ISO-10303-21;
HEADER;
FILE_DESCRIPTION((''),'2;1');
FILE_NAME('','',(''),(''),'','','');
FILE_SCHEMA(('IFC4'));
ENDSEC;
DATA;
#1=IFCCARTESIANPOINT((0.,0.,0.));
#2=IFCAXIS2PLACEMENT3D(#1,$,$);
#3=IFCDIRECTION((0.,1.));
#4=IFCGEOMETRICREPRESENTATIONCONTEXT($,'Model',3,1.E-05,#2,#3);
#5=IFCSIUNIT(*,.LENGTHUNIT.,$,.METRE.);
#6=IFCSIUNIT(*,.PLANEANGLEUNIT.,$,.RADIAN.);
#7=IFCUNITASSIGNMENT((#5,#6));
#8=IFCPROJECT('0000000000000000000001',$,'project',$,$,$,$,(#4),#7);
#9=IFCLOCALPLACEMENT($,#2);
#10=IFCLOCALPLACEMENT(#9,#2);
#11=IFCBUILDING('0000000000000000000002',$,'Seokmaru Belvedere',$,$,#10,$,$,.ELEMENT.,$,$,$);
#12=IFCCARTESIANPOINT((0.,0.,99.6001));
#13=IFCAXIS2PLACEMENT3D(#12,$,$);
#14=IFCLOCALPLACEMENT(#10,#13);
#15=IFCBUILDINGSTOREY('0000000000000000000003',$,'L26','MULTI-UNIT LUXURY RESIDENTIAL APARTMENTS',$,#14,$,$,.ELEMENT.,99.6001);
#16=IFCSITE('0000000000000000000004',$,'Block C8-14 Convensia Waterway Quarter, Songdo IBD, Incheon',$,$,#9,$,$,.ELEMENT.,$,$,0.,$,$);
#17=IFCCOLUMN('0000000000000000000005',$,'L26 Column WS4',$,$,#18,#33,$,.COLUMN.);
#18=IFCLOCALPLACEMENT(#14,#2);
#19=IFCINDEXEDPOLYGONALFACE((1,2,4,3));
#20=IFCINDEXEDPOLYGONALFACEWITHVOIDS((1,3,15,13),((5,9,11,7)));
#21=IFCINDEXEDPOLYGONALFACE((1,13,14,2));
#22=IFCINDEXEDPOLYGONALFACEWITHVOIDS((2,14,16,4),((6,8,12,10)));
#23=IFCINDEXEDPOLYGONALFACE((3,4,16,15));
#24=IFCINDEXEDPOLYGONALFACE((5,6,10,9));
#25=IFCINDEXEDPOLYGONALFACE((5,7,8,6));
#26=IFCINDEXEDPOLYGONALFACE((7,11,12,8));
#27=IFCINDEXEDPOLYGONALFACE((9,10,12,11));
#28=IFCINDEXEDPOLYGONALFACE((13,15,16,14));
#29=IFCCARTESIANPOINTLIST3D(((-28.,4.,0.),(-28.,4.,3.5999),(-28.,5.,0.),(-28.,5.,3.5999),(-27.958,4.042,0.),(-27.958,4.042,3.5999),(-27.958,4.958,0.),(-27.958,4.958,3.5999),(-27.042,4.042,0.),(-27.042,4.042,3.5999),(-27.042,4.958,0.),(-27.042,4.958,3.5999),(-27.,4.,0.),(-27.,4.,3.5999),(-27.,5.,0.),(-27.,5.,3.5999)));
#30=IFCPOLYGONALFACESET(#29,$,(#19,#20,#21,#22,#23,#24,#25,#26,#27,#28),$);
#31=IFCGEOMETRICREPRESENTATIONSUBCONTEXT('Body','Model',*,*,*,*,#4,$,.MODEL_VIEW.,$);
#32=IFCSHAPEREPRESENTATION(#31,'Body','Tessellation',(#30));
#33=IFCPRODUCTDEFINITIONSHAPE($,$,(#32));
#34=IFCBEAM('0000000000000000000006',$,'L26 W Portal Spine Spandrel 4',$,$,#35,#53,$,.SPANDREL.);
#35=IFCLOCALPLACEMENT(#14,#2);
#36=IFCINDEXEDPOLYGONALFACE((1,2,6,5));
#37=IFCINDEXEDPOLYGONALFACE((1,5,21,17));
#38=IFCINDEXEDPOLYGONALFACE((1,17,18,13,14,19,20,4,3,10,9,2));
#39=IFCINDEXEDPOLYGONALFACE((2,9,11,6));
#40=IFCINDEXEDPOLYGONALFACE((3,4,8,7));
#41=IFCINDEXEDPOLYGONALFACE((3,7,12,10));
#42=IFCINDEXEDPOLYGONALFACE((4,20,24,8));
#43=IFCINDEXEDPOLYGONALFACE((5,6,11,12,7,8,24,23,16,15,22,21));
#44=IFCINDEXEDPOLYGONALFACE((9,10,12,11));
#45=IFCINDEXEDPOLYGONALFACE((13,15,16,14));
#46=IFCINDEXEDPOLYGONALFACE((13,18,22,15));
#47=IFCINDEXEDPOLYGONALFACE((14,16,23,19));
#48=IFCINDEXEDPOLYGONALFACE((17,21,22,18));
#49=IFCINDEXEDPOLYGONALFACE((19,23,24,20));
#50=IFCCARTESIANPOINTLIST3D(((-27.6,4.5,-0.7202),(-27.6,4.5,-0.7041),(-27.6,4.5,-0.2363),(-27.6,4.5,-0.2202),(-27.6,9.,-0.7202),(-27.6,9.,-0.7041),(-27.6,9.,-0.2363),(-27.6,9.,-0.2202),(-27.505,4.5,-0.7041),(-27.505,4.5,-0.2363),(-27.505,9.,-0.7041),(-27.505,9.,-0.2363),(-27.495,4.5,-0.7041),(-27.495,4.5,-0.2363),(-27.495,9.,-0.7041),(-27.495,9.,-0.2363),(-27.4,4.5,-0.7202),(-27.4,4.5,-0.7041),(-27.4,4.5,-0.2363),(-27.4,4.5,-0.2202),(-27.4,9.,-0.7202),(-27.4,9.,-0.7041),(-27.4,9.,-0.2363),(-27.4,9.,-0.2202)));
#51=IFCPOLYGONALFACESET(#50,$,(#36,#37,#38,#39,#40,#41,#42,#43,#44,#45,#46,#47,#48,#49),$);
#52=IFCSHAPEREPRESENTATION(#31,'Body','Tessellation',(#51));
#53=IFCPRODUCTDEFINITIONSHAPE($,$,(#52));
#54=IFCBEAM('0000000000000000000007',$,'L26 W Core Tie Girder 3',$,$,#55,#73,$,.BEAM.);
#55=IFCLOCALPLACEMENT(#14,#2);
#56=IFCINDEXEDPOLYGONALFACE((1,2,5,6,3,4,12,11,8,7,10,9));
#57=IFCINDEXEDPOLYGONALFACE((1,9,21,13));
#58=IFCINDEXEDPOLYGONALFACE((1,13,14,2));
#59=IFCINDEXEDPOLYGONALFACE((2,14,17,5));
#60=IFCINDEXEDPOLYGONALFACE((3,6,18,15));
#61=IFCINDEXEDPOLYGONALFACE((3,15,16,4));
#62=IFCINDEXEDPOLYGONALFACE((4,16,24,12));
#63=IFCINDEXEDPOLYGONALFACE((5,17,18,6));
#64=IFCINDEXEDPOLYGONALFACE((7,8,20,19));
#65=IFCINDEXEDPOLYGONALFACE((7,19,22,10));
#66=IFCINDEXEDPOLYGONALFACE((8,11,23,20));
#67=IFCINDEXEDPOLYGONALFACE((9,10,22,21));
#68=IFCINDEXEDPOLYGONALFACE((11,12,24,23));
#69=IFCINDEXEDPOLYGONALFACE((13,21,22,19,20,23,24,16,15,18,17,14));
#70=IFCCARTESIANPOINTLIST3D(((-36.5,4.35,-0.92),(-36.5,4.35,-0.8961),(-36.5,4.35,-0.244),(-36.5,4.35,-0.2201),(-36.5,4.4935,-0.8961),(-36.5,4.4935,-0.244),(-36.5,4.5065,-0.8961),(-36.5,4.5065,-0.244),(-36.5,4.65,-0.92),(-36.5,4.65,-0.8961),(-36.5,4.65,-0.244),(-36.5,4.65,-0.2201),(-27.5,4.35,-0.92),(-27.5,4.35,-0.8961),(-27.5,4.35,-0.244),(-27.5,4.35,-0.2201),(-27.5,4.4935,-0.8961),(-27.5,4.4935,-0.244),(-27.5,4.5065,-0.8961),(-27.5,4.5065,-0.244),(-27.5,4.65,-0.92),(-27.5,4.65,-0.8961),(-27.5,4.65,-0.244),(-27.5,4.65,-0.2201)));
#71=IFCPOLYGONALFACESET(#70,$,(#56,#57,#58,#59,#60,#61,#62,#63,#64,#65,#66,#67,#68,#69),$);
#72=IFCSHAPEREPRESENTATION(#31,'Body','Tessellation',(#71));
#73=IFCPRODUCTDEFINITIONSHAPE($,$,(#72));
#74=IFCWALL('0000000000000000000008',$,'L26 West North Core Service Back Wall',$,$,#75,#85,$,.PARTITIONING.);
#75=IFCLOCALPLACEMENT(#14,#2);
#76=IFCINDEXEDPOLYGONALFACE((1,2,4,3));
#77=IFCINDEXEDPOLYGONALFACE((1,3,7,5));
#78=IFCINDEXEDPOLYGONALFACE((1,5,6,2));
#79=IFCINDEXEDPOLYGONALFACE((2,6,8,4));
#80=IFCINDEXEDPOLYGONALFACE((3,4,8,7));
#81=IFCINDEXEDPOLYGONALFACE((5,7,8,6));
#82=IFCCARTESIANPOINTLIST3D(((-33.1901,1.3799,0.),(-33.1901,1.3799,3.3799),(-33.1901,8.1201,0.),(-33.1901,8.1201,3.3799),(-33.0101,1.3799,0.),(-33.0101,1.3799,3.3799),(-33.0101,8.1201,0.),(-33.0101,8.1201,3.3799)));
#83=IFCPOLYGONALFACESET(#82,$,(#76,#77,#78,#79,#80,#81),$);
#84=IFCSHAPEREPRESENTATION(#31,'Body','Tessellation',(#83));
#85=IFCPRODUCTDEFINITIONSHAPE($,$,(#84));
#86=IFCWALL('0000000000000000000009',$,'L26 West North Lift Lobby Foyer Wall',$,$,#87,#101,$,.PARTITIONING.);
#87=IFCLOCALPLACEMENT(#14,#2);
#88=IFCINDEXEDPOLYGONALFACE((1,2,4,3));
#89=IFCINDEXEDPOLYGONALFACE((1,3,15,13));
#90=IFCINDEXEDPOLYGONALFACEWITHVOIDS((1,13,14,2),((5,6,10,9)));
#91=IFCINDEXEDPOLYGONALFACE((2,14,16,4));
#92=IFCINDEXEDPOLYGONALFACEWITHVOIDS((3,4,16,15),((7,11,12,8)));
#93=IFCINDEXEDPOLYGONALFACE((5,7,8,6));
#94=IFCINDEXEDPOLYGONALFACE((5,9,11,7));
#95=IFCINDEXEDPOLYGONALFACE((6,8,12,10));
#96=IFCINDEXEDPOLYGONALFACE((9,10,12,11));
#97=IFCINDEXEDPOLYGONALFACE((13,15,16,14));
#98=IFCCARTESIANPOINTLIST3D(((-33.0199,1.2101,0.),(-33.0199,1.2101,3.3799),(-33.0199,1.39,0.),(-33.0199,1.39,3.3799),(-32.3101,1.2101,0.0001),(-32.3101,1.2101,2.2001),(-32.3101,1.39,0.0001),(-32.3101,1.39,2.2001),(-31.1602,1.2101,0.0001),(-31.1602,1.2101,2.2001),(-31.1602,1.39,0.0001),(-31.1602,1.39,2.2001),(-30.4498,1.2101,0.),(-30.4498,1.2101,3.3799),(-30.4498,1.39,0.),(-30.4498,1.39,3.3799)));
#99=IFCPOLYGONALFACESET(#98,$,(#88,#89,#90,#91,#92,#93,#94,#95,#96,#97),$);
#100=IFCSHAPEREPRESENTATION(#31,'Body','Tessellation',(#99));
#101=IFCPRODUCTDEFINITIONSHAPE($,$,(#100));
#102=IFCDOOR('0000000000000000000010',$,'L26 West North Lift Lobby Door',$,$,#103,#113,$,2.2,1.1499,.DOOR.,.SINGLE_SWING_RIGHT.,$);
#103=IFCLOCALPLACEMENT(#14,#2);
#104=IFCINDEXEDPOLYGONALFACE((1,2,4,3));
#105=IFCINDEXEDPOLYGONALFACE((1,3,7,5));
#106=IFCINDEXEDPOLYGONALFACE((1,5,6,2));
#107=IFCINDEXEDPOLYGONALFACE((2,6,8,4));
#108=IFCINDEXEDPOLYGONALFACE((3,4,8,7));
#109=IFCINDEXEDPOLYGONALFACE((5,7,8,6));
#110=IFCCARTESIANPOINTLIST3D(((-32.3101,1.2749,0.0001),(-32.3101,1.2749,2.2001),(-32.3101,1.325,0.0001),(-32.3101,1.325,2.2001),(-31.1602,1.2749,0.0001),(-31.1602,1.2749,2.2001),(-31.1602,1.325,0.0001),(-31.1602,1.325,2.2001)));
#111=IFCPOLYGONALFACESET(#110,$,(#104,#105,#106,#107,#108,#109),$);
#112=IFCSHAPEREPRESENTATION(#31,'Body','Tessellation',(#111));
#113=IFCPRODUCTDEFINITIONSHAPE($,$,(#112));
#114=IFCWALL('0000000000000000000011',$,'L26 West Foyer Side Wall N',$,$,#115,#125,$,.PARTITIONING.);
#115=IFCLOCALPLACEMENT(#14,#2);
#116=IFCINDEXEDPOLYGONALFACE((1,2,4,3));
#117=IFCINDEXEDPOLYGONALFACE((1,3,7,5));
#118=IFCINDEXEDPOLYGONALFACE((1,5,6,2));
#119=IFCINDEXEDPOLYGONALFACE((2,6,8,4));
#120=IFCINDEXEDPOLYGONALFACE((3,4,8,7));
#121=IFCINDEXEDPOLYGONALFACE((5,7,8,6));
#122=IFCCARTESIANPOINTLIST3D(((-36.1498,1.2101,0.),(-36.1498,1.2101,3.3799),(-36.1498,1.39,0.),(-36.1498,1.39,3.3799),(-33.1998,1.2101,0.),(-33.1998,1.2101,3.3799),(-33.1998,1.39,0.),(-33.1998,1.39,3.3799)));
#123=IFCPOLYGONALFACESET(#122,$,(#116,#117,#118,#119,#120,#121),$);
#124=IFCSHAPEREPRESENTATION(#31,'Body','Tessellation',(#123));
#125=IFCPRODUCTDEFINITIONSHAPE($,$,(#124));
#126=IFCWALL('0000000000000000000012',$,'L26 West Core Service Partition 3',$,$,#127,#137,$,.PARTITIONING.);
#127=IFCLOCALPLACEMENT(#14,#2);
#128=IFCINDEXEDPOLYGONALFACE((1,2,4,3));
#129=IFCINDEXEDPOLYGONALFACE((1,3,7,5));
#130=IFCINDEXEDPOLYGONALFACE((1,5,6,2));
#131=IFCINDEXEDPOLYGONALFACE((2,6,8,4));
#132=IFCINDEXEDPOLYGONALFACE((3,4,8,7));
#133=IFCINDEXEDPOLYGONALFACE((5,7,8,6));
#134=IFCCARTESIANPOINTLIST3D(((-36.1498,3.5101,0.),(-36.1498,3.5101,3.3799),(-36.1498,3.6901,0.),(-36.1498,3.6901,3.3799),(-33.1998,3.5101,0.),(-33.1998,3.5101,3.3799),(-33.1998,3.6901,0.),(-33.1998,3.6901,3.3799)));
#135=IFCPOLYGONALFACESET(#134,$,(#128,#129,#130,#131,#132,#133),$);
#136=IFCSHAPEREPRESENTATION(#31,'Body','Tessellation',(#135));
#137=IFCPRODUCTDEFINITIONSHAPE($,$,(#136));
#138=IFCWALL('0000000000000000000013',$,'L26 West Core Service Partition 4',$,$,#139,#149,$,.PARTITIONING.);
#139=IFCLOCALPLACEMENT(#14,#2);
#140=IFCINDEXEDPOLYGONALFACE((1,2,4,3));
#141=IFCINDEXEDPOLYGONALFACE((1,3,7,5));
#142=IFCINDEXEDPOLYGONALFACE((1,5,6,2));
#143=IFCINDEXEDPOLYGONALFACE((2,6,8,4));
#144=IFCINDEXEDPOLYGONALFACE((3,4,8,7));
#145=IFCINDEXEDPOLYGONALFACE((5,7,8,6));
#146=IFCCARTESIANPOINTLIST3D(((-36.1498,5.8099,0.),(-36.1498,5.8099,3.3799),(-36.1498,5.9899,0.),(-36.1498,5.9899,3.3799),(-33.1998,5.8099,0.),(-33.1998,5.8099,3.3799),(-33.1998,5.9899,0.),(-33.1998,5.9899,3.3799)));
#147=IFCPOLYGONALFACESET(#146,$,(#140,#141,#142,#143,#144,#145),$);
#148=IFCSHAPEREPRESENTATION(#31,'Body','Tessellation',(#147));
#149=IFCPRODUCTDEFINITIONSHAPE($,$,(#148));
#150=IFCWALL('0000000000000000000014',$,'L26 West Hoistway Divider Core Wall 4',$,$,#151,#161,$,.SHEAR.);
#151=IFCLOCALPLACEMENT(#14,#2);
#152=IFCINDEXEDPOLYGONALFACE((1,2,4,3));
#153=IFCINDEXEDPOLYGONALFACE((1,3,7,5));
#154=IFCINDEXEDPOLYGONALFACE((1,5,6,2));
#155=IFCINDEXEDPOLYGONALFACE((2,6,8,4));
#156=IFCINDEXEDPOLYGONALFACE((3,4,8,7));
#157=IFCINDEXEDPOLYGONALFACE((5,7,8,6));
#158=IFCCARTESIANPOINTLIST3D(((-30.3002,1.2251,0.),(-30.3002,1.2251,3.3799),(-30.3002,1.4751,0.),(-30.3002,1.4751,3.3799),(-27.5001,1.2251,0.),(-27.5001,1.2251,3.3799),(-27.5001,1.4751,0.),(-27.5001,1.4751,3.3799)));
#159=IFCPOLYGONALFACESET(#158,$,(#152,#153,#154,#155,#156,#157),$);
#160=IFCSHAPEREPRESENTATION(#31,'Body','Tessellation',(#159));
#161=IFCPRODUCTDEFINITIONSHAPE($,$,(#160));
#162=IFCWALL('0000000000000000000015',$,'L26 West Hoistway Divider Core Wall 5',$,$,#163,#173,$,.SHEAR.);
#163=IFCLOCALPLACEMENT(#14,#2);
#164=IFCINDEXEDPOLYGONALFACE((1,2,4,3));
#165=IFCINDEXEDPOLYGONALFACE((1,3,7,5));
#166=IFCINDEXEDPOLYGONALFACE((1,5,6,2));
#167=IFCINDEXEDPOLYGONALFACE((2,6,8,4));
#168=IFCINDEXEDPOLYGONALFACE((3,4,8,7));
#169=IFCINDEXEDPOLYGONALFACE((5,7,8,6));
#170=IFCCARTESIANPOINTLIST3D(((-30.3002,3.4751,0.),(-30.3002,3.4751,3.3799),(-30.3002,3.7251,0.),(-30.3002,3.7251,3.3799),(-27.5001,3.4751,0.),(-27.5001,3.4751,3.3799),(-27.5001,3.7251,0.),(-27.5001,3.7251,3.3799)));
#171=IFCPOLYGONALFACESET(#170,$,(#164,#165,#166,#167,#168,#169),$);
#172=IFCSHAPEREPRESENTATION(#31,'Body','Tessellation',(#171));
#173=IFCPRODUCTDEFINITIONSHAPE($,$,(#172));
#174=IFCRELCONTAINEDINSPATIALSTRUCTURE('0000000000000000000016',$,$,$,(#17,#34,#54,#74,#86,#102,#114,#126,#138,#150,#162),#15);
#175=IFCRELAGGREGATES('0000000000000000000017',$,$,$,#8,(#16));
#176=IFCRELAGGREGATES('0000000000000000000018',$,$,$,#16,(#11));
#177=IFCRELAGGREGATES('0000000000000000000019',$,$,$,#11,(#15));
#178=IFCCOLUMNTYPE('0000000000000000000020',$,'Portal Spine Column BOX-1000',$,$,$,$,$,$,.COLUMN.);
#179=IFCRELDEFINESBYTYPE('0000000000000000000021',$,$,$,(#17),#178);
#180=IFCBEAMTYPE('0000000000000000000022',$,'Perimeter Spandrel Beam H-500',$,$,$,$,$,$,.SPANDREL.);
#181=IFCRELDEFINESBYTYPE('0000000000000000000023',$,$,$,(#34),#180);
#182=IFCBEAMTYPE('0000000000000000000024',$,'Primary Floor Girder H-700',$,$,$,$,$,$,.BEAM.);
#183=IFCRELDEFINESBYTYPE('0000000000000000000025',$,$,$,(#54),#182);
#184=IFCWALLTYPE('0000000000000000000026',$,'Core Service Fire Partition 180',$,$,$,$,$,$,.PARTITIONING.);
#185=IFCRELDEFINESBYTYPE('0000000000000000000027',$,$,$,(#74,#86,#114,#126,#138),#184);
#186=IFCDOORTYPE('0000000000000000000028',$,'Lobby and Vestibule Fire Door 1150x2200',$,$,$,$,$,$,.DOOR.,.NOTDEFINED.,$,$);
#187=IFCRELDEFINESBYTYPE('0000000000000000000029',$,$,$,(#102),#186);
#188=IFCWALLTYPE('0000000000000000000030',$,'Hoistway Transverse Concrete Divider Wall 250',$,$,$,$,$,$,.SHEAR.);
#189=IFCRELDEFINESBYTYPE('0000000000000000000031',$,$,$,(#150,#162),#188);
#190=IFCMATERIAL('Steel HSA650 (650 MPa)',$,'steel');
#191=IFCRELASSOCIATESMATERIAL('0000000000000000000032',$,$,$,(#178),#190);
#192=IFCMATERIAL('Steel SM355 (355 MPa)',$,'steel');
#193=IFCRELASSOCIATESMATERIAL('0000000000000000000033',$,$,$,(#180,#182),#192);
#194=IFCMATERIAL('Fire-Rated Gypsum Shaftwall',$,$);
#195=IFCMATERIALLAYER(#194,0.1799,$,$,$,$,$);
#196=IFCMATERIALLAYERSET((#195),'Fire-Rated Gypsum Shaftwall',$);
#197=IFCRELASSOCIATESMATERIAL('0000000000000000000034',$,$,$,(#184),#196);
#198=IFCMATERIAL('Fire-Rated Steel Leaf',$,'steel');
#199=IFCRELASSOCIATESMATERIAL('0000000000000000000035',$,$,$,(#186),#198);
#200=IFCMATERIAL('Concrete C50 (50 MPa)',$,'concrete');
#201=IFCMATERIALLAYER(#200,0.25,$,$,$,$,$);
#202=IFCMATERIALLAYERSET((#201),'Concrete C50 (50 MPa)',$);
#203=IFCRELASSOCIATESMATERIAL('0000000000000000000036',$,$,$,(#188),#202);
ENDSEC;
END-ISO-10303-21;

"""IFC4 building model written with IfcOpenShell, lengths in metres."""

from ifc_helpers import new_model, si_unit, direction, frame, frame_2d, origin, origin_2d, place, context, subcontext, project, spatial, rectangle, hollow_rectangle, i_section, extrude, source, transform, mapped, material, layer, layer_set, material_profile, profile_set, type_object, type_shapes, element, fill, save


model = new_model("IFC4")

# Units and contexts
model_context = context("Model", 3, precision=1e-05, world=origin(), true_north=direction((0.0, 1.0)))
body_context = subcontext(model_context, "Body", "Model", "MODEL_VIEW")
ifc_project = project(units=[si_unit("LENGTHUNIT", "METRE"), si_unit("PLANEANGLEUNIT", "RADIAN")], contexts=[model_context])

# Site, building, storey
site_placement = place(None, origin())
site = spatial("IfcSite", under=ifc_project, at=site_placement, Name="Block C8-14 Convensia Waterway Quarter, Songdo IBD, Incheon", CompositionType="ELEMENT", RefElevation=0.0)
building_placement = place(site_placement, origin())
building = spatial("IfcBuilding", under=site, at=building_placement, Name="Seokmaru Belvedere", CompositionType="ELEMENT")
storey_placement = place(building_placement, frame((0.0, 0.0, 99.6001)))
storey = spatial("IfcBuildingStorey", under=building, at=storey_placement, Name="L26", Description="MULTI-UNIT LUXURY RESIDENTIAL APARTMENTS", CompositionType="ELEMENT", Elevation=99.6001)

# Column
ifc_material_1 = material(Name="Steel HSA650 (650 MPa)", Category="steel")
ifc_material_profile_1 = material_profile(ifc_material_1, hollow_rectangle(XDim=1.0, YDim=1.0, WallThickness=0.042, at=origin_2d()), Name="BOX-1000x1000x42")
ifc_profile_set_1 = profile_set([ifc_material_profile_1], Name="Steel HSA650 (650 MPa)")
column_type = type_object("IfcColumnType", Name="Portal Spine Column BOX-1000", PredefinedType="COLUMN", material=ifc_profile_set_1)
shared_shape_1 = source(origin(), body_context, "Body", "SweptSolid", [
    extrude(hollow_rectangle(XDim=1.0, YDim=1.0, WallThickness=0.042, at=origin_2d()), origin(), (0.0, 0.0, 1.0), 3.5999),
])
type_shapes(column_type, [shared_shape_1])
column_placement = place(storey_placement, frame((-27.5, 4.5, 0.0), z_axis=(0.0, 0.0, 1.0), x_axis=(1.0, 0.0, 0.0)))
element("IfcColumn", 1, at=column_placement, inside=storey, type_object=column_type, Name="L26 Column WS4", PredefinedType="COLUMN", context=body_context, shape_type="MappedRepresentation", body=[
    mapped(shared_shape_1, transform((0.0, 0.0, 0.0), scale=1.0)),
])

# Beams
ifc_material_2 = material(Name="Steel SM355 (355 MPa)", Category="steel")
ifc_material_profile_2 = material_profile(ifc_material_2, i_section(OverallWidth=0.2, OverallDepth=0.5, WebThickness=0.01, FlangeThickness=0.0161, at=origin_2d()), Name="H-500x200x10x16")
ifc_profile_set_2 = profile_set([ifc_material_profile_2], Name="Steel SM355 (355 MPa)")
beam_type_1 = type_object("IfcBeamType", Name="Perimeter Spandrel Beam H-500", PredefinedType="SPANDREL", material=ifc_profile_set_2)
shared_shape_2 = source(origin(), body_context, "Body", "SweptSolid", [
    extrude(i_section(OverallWidth=0.2, OverallDepth=0.5, WebThickness=0.01, FlangeThickness=0.0161, at=origin_2d()), origin(), (0.0, 0.0, 1.0), 4.5),
])
type_shapes(beam_type_1, [shared_shape_2])
beam_1_placement = place(storey_placement, frame((-27.5, 4.5, -0.4702), z_axis=(0.0, 1.0, 0.0), x_axis=(-1.0, 0.0, 0.0)))
element("IfcBeam", 2, at=beam_1_placement, inside=storey, type_object=beam_type_1, Name="L26 W Portal Spine Spandrel 4", PredefinedType="SPANDREL", context=body_context, shape_type="MappedRepresentation", body=[
    mapped(shared_shape_2, transform((0.0, 0.0, 0.0), scale=1.0)),
])
ifc_material_profile_3 = material_profile(ifc_material_2, i_section(OverallWidth=0.3, OverallDepth=0.7, WebThickness=0.0129, FlangeThickness=0.0239, at=origin_2d()), Name="H-700x300x13x24")
ifc_profile_set_3 = profile_set([ifc_material_profile_3], Name="Steel SM355 (355 MPa)")
beam_type_2 = type_object("IfcBeamType", Name="Primary Floor Girder H-700", PredefinedType="BEAM", material=ifc_profile_set_3)
shared_shape_3 = source(origin(), body_context, "Body", "SweptSolid", [
    extrude(i_section(OverallWidth=0.3, OverallDepth=0.7, WebThickness=0.0129, FlangeThickness=0.0239, at=origin_2d()), origin(), (0.0, 0.0, 1.0), 9.0),
])
type_shapes(beam_type_2, [shared_shape_3])
beam_2_placement = place(storey_placement, frame((-36.5, 4.5, -0.5701), z_axis=(1.0, 0.0, 0.0), x_axis=(0.0, 1.0, 0.0)))
element("IfcBeam", 3, at=beam_2_placement, inside=storey, type_object=beam_type_2, Name="L26 W Core Tie Girder 3", PredefinedType="BEAM", context=body_context, shape_type="MappedRepresentation", body=[
    mapped(shared_shape_3, transform((0.0, 0.0, 0.0), scale=1.0)),
])

# Wall
ifc_material_3 = material(Name="Fire-Rated Gypsum Shaftwall")
ifc_layer_1 = layer(ifc_material_3, 0.1799)
ifc_layer_set_1 = layer_set([ifc_layer_1], Name="Fire-Rated Gypsum Shaftwall")
wall_type_1 = type_object("IfcWallType", Name="Core Service Fire Partition 180", PredefinedType="PARTITIONING", material=ifc_layer_set_1)
wall_1_placement = place(storey_placement, frame((-33.1001, 1.3799, 0.0), z_axis=(0.0, 0.0, 1.0), x_axis=(0.0, 1.0, 0.0)))
element("IfcWall", 4, at=wall_1_placement, inside=storey, type_object=wall_type_1, Name="L26 West North Core Service Back Wall", PredefinedType="PARTITIONING", context=body_context, shape_type="SweptSolid", body=[
    extrude(rectangle(XDim=6.7402, YDim=0.1799, at=frame_2d((3.3701, 0.0))), origin(), (0.0, 0.0, 1.0), 3.3799),
])

# Wall, opening, door
wall_2_placement = place(storey_placement, frame((-33.02, 1.3, 0.0), z_axis=(0.0, 0.0, 1.0), x_axis=(1.0, 0.0, 0.0)))
wall_2 = element("IfcWall", 5, at=wall_2_placement, inside=storey, type_object=wall_type_1, Name="L26 West North Lift Lobby Foyer Wall", PredefinedType="PARTITIONING", context=body_context, shape_type="SweptSolid", body=[
    extrude(rectangle(XDim=2.5701, YDim=0.1799, at=frame_2d((1.2852, 0.0))), origin(), (0.0, 0.0, 1.0), 3.3799),
])
opening_1_placement = place(wall_2_placement, frame((0.71, 0.0, 0.0)))
opening_1 = element("IfcOpeningElement", 6, at=opening_1_placement, cuts=wall_2, PredefinedType="OPENING", context=body_context, shape_type="SweptSolid", body=[
    extrude(rectangle(XDim=1.1499, YDim=2.2, at=frame_2d((0.575, 1.1001))), frame((0.0, 0.1001, 0.0), z_axis=(0.0, -1.0, 0.0), x_axis=(1.0, 0.0, 0.0)), (0.0, 0.0, 1.0), 0.2),
])
ifc_material_4 = material(Name="Fire-Rated Steel Leaf", Category="steel")
door_type_1 = type_object("IfcDoorType", Name="Lobby and Vestibule Fire Door 1150x2200", OperationType="NOTDEFINED", PredefinedType="DOOR", material=ifc_material_4)
shared_shape_4 = source(origin(), body_context, "Body", "SweptSolid", [
    extrude(rectangle(XDim=1.1499, YDim=2.2, at=frame_2d((0.575, 1.1001))), frame((0.0, 0.0249, 0.0), z_axis=(0.0, -1.0, 0.0), x_axis=(1.0, 0.0, 0.0)), (0.0, 0.0, 1.0), 0.05),
])
type_shapes(door_type_1, [shared_shape_4])
door_1_placement = place(opening_1_placement, origin())
door_1 = element("IfcDoor", 7, at=door_1_placement, inside=storey, type_object=door_type_1, Name="L26 West North Lift Lobby Door", OperationType="SINGLE_SWING_RIGHT", OverallHeight=2.2, OverallWidth=1.1499, PredefinedType="DOOR", context=body_context, shape_type="MappedRepresentation", body=[
    mapped(shared_shape_4, transform((0.0, 0.0, 0.0), scale=1.0)),
])
fill(opening_1, door_1)

# Walls
for number, where, z_axis, x_axis, name in (
    (8, (-36.1499, 1.3, 0.0), (0.0, 0.0, 1.0), (1.0, 0.0, 0.0), "L26 West Foyer Side Wall N"),
    (9, (-36.1499, 3.6001, 0.0), (0.0, 0.0, 1.0), (1.0, 0.0, 0.0), "L26 West Core Service Partition 3"),
    (10, (-36.1499, 5.8999, 0.0), (0.0, 0.0, 1.0), (1.0, 0.0, 0.0), "L26 West Core Service Partition 4"),
):
    element("IfcWall", number, at=place(storey_placement, frame(where, z_axis=z_axis, x_axis=x_axis)), inside=storey, type_object=wall_type_1, Name=name, PredefinedType="PARTITIONING", context=body_context, shape_type="SweptSolid", body=[
        extrude(rectangle(XDim=2.95, YDim=0.1799, at=frame_2d((1.4751, 0.0))), origin(), (0.0, 0.0, 1.0), 3.3799),
    ])
ifc_material_5 = material(Name="Concrete C50 (50 MPa)", Category="concrete")
ifc_layer_2 = layer(ifc_material_5, 0.25)
ifc_layer_set_2 = layer_set([ifc_layer_2], Name="Concrete C50 (50 MPa)")
wall_type_2 = type_object("IfcWallType", Name="Hoistway Transverse Concrete Divider Wall 250", PredefinedType="SHEAR", material=ifc_layer_set_2)
for number, where, z_axis, x_axis, name in (
    (11, (-30.3, 1.3501, 0.0), (0.0, 0.0, 1.0), (1.0, 0.0, 0.0), "L26 West Hoistway Divider Core Wall 4"),
    (12, (-30.3, 3.6001, 0.0), (0.0, 0.0, 1.0), (1.0, 0.0, 0.0), "L26 West Hoistway Divider Core Wall 5"),
):
    element("IfcWall", number, at=place(storey_placement, frame(where, z_axis=z_axis, x_axis=x_axis)), inside=storey, type_object=wall_type_2, Name=name, PredefinedType="SHEAR", context=body_context, shape_type="SweptSolid", body=[
        extrude(rectangle(XDim=2.8, YDim=0.25, at=frame_2d((1.3999, 0.0))), origin(), (0.0, 0.0, 1.0), 3.3799),
    ])

save(model, "model.ifc")
